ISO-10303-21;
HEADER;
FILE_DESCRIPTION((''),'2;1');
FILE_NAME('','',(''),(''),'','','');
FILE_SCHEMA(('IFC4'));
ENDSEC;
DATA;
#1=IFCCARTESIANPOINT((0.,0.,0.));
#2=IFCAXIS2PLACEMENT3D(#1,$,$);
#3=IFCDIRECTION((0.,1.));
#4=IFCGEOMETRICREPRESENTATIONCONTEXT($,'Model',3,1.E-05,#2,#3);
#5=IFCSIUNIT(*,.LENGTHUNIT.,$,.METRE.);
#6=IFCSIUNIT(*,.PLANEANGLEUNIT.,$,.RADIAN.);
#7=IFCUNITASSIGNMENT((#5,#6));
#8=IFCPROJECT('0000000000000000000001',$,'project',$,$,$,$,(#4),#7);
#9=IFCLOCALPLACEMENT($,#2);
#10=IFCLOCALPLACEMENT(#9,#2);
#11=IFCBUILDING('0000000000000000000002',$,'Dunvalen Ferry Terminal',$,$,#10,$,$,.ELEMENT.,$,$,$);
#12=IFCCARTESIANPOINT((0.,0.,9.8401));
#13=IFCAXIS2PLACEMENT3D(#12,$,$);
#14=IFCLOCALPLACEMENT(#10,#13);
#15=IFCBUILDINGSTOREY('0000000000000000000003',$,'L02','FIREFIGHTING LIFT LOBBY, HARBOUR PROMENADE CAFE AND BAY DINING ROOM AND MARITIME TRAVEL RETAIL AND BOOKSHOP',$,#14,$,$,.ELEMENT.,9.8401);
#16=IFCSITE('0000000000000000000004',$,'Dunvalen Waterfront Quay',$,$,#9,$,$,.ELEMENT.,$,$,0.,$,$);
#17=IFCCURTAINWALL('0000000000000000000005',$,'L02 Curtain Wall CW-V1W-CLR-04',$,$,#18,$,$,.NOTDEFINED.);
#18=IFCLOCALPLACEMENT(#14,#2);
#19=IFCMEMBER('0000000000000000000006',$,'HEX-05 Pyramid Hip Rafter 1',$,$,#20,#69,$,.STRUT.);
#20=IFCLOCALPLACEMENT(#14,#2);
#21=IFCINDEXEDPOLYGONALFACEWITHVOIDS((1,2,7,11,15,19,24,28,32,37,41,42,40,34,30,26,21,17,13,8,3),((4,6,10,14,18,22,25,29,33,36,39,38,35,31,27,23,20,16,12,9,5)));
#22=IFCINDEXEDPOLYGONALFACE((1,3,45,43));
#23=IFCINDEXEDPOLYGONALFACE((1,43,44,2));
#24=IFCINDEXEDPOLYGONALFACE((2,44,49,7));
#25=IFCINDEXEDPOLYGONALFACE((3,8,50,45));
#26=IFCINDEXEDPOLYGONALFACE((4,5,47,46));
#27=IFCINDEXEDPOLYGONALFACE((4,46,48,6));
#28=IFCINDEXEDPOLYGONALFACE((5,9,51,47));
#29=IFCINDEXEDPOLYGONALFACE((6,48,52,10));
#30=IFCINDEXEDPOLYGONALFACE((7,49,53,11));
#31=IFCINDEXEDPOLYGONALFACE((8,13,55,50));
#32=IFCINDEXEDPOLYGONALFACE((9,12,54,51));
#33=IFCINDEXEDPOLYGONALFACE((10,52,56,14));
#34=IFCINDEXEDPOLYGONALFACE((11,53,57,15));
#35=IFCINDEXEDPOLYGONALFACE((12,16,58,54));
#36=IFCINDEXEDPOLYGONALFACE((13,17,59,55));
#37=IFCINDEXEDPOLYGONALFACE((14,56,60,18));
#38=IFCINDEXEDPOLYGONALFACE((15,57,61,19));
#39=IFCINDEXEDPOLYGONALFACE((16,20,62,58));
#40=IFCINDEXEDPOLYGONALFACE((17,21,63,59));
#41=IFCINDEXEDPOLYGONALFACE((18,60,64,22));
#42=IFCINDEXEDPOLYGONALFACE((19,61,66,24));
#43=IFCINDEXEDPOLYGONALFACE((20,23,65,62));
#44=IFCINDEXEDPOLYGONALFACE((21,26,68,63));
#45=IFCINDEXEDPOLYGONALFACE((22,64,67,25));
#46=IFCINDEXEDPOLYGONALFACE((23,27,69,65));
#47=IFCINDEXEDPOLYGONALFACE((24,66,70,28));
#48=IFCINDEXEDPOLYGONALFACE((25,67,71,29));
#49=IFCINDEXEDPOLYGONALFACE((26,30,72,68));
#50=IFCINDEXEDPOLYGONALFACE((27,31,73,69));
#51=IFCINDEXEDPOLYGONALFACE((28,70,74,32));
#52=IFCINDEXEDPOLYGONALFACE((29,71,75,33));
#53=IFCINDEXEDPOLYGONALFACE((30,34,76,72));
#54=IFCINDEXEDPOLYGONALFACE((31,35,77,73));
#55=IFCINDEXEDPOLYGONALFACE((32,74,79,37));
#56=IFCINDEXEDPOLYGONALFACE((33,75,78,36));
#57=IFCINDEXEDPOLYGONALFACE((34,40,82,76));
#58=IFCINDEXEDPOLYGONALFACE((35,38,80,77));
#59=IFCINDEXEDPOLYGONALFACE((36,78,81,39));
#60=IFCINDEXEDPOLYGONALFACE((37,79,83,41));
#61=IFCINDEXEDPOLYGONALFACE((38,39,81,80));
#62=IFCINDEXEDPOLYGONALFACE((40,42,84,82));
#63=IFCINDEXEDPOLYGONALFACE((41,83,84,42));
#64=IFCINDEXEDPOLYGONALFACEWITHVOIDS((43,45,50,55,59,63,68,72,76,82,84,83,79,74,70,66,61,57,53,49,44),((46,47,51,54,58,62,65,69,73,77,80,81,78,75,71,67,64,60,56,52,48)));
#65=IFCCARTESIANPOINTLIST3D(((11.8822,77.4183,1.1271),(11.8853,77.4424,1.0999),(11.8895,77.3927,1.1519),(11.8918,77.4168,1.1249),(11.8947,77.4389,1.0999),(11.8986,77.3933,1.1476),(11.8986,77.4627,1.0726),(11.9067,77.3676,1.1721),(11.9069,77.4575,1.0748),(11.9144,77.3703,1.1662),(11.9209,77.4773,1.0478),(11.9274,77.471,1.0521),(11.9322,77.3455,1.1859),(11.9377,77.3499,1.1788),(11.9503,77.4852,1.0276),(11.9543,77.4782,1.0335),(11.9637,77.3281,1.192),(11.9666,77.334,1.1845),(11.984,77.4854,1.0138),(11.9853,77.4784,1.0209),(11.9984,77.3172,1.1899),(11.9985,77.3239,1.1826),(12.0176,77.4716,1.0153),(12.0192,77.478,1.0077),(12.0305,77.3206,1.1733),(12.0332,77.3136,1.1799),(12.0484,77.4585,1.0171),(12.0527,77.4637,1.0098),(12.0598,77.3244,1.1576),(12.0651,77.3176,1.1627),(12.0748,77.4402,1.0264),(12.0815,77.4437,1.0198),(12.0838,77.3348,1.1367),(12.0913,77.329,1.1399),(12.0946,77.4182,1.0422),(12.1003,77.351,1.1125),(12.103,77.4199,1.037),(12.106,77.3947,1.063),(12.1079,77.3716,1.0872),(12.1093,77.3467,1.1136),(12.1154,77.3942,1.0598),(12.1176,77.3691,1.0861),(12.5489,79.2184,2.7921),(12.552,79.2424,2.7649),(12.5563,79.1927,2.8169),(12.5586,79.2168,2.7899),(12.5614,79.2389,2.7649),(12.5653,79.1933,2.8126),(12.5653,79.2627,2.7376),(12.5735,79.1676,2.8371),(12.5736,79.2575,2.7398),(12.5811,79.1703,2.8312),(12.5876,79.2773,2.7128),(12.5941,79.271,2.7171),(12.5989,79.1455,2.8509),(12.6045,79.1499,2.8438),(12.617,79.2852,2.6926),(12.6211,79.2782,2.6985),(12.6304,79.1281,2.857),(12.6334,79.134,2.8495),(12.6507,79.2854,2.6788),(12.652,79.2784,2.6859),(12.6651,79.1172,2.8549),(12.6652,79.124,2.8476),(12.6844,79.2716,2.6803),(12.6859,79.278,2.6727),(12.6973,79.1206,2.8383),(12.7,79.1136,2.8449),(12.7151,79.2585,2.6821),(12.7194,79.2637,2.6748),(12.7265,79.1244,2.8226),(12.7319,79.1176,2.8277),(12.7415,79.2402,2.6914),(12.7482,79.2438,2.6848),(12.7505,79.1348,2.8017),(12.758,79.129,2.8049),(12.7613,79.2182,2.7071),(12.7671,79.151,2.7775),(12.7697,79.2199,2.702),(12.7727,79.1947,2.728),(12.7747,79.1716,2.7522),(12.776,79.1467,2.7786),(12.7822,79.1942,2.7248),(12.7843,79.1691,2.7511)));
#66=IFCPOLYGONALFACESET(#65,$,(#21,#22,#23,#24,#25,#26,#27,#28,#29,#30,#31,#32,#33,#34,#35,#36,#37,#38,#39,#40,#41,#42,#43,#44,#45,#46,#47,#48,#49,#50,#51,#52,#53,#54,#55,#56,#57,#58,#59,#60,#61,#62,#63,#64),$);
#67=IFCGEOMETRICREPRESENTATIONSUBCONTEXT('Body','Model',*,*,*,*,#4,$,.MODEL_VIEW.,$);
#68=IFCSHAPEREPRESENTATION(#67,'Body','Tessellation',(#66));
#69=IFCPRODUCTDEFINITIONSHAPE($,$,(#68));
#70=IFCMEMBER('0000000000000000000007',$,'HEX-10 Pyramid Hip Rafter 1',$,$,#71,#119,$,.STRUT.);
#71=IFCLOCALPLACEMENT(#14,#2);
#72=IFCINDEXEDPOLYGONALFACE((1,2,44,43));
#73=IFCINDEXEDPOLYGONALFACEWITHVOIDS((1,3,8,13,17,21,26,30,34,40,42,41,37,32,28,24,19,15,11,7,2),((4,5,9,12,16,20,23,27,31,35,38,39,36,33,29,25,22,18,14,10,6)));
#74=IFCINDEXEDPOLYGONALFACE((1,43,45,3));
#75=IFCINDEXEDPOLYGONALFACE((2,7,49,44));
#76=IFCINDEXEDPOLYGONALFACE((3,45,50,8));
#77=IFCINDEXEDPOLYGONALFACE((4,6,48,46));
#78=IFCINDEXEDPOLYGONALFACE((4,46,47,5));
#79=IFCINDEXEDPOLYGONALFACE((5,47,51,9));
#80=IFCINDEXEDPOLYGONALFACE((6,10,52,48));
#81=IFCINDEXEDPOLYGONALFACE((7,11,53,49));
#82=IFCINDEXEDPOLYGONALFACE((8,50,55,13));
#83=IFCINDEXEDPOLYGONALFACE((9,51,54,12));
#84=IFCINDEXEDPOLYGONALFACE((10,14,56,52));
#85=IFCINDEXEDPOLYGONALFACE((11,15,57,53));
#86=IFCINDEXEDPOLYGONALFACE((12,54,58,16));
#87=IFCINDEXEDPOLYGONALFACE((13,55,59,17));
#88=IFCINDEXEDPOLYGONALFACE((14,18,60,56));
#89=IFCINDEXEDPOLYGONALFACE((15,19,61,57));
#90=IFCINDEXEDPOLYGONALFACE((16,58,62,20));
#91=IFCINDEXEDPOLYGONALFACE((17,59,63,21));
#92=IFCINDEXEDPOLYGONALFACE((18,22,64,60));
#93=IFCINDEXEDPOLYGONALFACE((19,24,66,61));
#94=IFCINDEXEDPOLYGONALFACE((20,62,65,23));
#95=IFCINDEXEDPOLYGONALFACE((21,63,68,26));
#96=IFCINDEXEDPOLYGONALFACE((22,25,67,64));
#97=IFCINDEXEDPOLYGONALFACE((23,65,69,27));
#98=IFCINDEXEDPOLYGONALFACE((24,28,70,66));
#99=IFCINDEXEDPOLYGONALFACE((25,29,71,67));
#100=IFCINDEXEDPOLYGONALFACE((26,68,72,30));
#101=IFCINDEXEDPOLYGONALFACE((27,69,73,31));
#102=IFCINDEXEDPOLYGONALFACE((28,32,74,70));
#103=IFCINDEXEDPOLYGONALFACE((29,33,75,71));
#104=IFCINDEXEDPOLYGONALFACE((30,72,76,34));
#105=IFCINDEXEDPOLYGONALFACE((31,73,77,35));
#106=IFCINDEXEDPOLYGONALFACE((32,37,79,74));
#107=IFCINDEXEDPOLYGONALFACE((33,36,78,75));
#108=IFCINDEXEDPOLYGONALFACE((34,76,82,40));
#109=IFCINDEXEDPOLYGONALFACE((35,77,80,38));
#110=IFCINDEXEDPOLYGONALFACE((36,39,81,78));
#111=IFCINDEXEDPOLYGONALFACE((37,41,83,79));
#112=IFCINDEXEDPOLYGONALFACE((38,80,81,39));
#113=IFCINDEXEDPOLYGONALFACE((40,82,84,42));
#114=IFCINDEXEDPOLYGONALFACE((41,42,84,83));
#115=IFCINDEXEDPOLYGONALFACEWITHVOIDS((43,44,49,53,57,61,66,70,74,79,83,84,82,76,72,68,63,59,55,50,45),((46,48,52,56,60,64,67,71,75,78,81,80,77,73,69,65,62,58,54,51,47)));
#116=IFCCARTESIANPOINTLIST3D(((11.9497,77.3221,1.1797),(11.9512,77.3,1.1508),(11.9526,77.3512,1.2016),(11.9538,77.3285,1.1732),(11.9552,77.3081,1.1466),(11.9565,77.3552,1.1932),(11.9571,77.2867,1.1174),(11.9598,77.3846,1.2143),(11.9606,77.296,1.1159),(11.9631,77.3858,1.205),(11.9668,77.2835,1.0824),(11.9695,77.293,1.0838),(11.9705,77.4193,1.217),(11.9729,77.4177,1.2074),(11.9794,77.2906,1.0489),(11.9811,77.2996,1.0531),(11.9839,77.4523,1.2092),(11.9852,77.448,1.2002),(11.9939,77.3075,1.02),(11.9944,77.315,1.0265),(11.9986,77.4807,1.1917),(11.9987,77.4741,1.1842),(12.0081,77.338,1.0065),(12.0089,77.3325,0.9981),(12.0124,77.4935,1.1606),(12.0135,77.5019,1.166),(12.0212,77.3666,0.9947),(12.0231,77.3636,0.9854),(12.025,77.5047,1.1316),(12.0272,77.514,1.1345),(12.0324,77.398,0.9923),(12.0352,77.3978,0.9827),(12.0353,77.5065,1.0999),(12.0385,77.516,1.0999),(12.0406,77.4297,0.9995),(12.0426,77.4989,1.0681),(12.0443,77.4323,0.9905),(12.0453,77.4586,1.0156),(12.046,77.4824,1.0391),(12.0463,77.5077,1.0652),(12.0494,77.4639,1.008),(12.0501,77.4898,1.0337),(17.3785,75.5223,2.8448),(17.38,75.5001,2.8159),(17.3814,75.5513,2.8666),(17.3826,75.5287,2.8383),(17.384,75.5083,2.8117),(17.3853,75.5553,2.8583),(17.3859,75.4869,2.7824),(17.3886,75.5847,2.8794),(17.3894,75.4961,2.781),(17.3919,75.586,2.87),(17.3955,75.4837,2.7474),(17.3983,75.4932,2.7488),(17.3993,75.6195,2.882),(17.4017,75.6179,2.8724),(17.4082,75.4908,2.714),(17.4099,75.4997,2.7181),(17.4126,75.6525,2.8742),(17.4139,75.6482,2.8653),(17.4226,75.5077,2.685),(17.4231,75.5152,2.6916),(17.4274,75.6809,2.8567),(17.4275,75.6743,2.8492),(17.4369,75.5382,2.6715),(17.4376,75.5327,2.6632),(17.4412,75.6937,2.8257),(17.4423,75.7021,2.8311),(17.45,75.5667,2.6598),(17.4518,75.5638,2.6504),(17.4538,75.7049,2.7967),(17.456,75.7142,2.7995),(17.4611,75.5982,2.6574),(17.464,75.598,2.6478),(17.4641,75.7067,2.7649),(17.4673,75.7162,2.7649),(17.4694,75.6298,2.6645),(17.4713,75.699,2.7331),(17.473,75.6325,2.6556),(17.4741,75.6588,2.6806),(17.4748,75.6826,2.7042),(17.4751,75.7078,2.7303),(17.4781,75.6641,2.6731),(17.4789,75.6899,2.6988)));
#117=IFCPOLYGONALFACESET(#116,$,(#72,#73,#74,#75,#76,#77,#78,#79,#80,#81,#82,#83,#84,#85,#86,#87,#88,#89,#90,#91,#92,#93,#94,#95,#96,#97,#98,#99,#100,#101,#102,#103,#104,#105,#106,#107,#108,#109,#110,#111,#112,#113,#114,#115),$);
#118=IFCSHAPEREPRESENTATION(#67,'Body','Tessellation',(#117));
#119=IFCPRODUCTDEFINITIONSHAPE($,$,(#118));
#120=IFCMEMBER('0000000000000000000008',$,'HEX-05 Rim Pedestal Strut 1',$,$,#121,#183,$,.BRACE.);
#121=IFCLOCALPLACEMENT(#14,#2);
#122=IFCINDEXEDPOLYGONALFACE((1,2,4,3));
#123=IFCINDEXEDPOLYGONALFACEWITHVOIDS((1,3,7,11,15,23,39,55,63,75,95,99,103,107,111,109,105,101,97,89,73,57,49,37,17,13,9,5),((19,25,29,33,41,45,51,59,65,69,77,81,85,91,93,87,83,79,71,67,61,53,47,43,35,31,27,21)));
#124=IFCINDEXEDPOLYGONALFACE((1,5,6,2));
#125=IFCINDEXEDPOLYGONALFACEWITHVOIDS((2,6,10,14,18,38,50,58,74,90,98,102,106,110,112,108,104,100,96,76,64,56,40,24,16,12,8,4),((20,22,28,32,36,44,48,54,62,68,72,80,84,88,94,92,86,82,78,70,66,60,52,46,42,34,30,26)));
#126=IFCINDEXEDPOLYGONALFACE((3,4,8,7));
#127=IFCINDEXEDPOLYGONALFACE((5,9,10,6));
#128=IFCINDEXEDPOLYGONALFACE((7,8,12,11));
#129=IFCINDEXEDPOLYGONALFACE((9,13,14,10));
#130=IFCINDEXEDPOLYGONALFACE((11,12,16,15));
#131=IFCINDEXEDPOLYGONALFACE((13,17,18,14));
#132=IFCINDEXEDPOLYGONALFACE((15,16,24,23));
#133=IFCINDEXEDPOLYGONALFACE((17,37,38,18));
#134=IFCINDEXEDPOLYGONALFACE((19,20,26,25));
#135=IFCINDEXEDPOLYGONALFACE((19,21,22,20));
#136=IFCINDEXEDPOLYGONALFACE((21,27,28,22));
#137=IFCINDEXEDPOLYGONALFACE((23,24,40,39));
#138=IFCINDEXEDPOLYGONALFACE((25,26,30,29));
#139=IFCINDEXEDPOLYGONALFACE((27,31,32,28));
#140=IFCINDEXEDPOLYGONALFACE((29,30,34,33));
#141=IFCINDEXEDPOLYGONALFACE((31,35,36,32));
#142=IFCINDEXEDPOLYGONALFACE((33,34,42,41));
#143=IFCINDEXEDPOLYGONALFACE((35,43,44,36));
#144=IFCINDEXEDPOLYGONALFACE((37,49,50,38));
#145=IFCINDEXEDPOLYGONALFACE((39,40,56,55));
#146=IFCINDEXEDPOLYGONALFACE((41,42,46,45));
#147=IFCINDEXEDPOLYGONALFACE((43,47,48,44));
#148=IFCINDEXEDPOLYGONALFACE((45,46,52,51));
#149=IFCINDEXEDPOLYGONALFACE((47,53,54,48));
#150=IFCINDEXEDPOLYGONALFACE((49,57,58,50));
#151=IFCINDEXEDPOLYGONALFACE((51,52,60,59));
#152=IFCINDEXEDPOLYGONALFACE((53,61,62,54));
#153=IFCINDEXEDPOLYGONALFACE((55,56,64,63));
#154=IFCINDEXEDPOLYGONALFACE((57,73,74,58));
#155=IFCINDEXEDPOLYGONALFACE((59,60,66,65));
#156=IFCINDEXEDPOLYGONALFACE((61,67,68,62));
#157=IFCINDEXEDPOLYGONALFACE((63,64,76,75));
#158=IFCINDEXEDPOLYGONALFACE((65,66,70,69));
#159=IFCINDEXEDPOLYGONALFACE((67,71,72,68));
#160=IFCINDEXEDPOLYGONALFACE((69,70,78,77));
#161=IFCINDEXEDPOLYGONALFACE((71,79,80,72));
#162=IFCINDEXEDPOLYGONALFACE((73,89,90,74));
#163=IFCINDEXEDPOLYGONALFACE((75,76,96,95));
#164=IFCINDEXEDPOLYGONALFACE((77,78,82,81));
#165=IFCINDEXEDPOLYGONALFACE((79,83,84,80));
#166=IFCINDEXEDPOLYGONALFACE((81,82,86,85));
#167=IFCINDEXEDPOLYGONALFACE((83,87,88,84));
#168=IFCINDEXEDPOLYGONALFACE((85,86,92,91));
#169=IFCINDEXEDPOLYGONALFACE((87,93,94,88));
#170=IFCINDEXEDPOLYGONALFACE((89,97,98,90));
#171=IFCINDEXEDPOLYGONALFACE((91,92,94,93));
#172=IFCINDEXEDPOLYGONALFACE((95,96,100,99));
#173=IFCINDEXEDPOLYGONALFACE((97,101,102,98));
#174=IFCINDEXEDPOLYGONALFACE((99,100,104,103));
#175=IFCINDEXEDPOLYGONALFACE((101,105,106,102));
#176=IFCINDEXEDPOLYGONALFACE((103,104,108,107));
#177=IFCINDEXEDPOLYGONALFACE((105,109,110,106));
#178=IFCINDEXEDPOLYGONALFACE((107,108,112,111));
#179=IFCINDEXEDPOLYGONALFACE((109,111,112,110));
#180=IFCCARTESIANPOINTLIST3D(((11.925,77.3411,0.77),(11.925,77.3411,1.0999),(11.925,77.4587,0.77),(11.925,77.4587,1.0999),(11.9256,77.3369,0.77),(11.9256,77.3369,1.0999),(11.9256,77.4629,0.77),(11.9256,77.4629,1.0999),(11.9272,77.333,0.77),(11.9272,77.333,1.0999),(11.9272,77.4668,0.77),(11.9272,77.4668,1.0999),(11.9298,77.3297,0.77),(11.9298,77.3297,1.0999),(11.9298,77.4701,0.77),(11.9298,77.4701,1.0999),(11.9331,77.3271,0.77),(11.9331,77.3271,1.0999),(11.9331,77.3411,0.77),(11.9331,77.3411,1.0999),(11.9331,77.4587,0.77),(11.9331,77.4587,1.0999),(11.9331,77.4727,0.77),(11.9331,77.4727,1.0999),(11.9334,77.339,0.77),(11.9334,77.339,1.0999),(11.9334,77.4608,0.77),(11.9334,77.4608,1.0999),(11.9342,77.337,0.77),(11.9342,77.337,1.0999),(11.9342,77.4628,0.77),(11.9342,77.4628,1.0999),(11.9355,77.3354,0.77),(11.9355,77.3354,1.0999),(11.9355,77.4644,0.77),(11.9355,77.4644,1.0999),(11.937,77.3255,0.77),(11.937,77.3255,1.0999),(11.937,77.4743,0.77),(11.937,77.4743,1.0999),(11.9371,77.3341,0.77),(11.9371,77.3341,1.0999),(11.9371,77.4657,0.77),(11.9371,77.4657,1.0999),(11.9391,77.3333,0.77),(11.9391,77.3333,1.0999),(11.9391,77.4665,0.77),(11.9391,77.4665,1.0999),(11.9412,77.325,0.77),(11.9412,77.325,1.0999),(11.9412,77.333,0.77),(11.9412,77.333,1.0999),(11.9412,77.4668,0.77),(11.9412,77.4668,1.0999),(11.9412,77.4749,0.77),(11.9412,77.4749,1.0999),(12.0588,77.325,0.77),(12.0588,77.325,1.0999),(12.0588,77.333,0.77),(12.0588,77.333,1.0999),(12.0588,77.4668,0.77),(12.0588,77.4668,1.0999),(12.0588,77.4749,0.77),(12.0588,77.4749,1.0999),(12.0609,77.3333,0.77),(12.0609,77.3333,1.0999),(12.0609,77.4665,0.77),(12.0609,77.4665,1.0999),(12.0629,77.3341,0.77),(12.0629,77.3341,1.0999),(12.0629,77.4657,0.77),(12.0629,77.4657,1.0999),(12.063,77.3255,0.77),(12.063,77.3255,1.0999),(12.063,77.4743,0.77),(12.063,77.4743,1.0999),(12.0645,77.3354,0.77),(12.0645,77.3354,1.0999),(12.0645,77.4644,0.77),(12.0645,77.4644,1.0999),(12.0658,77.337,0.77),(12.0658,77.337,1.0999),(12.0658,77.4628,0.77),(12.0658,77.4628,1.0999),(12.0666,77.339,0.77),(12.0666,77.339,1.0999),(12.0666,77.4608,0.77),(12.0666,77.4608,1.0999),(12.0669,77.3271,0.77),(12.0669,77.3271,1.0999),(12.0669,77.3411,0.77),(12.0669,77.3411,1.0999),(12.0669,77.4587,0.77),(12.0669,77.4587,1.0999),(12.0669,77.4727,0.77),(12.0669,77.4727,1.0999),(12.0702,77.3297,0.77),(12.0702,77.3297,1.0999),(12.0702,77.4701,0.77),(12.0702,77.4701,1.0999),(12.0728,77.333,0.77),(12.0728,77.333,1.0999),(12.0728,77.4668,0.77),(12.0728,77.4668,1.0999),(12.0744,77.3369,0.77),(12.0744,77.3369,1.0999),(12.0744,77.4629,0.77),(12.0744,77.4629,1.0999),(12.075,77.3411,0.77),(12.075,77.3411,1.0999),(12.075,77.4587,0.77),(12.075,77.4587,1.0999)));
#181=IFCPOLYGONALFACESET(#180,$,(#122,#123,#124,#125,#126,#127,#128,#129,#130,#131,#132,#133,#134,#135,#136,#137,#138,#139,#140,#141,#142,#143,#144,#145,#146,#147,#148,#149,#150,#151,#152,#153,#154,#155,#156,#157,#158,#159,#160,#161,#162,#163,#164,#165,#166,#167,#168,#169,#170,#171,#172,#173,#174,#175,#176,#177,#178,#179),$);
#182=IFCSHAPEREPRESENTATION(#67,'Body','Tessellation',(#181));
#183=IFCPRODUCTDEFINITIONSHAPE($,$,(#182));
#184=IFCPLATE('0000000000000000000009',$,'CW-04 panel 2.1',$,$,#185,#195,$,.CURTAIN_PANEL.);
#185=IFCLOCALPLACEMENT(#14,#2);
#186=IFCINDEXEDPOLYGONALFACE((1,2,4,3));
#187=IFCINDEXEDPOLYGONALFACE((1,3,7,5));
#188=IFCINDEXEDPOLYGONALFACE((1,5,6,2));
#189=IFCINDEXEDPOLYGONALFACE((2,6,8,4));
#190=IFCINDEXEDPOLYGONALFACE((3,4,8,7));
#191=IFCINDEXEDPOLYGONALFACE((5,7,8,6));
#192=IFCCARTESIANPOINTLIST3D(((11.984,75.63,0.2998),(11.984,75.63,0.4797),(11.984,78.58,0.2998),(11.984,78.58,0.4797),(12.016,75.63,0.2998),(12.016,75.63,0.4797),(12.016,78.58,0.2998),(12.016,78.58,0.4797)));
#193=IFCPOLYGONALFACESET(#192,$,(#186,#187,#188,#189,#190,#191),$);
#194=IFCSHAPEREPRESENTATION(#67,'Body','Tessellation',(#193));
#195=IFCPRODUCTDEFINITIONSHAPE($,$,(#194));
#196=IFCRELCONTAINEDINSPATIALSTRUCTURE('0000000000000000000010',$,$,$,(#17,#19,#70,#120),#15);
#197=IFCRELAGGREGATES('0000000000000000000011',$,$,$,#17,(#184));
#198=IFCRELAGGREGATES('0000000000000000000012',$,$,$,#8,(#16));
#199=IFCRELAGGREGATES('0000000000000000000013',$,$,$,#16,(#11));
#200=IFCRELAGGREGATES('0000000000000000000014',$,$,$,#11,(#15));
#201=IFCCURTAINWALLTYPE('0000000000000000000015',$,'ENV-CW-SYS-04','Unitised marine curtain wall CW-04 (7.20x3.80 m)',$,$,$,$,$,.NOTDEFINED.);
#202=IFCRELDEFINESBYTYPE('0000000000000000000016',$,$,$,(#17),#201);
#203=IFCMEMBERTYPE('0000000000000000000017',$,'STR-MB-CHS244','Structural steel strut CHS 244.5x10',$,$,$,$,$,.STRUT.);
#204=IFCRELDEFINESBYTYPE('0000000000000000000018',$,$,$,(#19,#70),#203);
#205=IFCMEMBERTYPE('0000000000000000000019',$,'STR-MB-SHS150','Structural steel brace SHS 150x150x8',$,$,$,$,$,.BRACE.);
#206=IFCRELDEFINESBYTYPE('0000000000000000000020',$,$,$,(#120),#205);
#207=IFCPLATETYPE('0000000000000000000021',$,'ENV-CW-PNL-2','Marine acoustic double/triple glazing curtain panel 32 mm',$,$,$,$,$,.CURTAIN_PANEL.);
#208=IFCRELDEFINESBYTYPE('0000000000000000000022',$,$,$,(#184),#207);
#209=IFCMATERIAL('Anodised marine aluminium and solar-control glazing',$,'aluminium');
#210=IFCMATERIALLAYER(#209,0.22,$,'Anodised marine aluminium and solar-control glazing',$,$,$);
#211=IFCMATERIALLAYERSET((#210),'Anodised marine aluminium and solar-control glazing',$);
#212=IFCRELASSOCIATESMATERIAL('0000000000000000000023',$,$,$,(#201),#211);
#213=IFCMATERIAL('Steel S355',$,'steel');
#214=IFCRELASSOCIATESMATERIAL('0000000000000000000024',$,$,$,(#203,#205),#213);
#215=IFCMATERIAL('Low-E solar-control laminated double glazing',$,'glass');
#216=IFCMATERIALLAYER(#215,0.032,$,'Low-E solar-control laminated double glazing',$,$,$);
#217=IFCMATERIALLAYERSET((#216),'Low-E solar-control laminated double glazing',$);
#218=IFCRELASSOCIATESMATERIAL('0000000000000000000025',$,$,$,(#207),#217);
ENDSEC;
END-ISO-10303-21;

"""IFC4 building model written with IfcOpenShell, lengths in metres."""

from ifc_helpers import new_model, si_unit, direction, frame, origin, origin_2d, place, context, subcontext, project, spatial, rectangle, hollow_rectangle, hollow_circle, extrude, material, layer, layer_set, material_profile, profile_set, type_object, element, aggregate, save


model = new_model("IFC4")

# Units and contexts
model_context = context("Model", 3, precision=1e-05, world=origin(), true_north=direction((0.0, 1.0)))
body_context = subcontext(model_context, "Body", "Model", "MODEL_VIEW")
ifc_project = project(units=[si_unit("LENGTHUNIT", "METRE"), si_unit("PLANEANGLEUNIT", "RADIAN")], contexts=[model_context])

# Site, building, storey
site_placement = place(None, origin())
site = spatial("IfcSite", under=ifc_project, at=site_placement, Name="Dunvalen Waterfront Quay", CompositionType="ELEMENT", RefElevation=0.0)
building_placement = place(site_placement, origin())
building = spatial("IfcBuilding", under=site, at=building_placement, Name="Dunvalen Ferry Terminal", CompositionType="ELEMENT")
storey_placement = place(building_placement, frame((0.0, 0.0, 9.8401)))
storey = spatial("IfcBuildingStorey", under=building, at=storey_placement, Name="L02", Description="FIREFIGHTING LIFT LOBBY, HARBOUR PROMENADE CAFE AND BAY DINING ROOM AND MARITIME TRAVEL RETAIL AND BOOKSHOP", CompositionType="ELEMENT", Elevation=9.8401)

# Curtain wall
ifc_material_1 = material(Name="Anodised marine aluminium and solar-control glazing", Category="aluminium")
ifc_layer_1 = layer(ifc_material_1, 0.22, Name="Anodised marine aluminium and solar-control glazing")
ifc_layer_set_1 = layer_set([ifc_layer_1], Name="Anodised marine aluminium and solar-control glazing")
curtain_wall_type = type_object("IfcCurtainWallType", Name="ENV-CW-SYS-04", Description="Unitised marine curtain wall CW-04 (7.20x3.80 m)", PredefinedType="NOTDEFINED", material=ifc_layer_set_1)
curtain_wall_1_placement = place(storey_placement, origin())
curtain_wall_1 = element("IfcCurtainWall", 1, at=curtain_wall_1_placement, inside=storey, type_object=curtain_wall_type, Name="L02 Curtain Wall CW-V1W-CLR-04", PredefinedType="NOTDEFINED")

# Shared definitions
ifc_material_2 = material(Name="Steel S355", Category="steel")

# Members
ifc_material_profile_1 = material_profile(ifc_material_2, hollow_circle(Radius=0.1223, WallThickness=0.01, at=origin_2d()), Name="Steel S355")
ifc_profile_set_1 = profile_set([ifc_material_profile_1], Name="Steel S355")
member_type_1 = type_object("IfcMemberType", Name="STR-MB-CHS244", Description="Structural steel strut CHS 244.5x10", PredefinedType="STRUT", material=ifc_profile_set_1)
member_1_placement = place(storey_placement, frame((12.0, 77.3999, 1.0999), z_axis=(0.262388, 0.70838, 0.655249), x_axis=(-0.937738, 0.347343, 0.0)))
element("IfcMember", 2, at=member_1_placement, inside=storey, type_object=member_type_1, Name="HEX-05 Pyramid Hip Rafter 1", PredefinedType="STRUT", context=body_context, shape_type="SweptSolid", body=[
    extrude(hollow_circle(Radius=0.1223, WallThickness=0.01, at=origin_2d()), origin(), (0.0, 0.0, 1.0), 2.541),
])
member_2_placement = place(storey_placement, frame((12.0, 77.3999, 1.0999), z_axis=(0.911359, -0.302147, 0.279523), x_axis=(0.314691, 0.949194, 0.0)))
element("IfcMember", 3, at=member_2_placement, inside=storey, type_object=member_type_1, Name="HEX-10 Pyramid Hip Rafter 1", PredefinedType="STRUT", context=body_context, shape_type="SweptSolid", body=[
    extrude(hollow_circle(Radius=0.1223, WallThickness=0.01, at=origin_2d()), origin(), (0.0, 0.0, 1.0), 5.9568),
])
ifc_material_profile_2 = material_profile(ifc_material_2, hollow_rectangle(XDim=0.1499, YDim=0.1499, WallThickness=0.0081, InnerFilletRadius=0.0081, OuterFilletRadius=0.0161, at=origin_2d()), Name="Steel S355")
ifc_profile_set_2 = profile_set([ifc_material_profile_2], Name="Steel S355")
member_type_2 = type_object("IfcMemberType", Name="STR-MB-SHS150", Description="Structural steel brace SHS 150x150x8", PredefinedType="BRACE", material=ifc_profile_set_2)
member_3_placement = place(storey_placement, frame((12.0, 77.3999, 0.77), z_axis=(0.0, 0.0, 1.0), x_axis=(1.0, 0.0, 0.0)))
element("IfcMember", 4, at=member_3_placement, inside=storey, type_object=member_type_2, Name="HEX-05 Rim Pedestal Strut 1", PredefinedType="BRACE", context=body_context, shape_type="SweptSolid", body=[
    extrude(hollow_rectangle(XDim=0.1499, YDim=0.1499, WallThickness=0.0081, InnerFilletRadius=0.0081, OuterFilletRadius=0.0161, at=origin_2d()), origin(), (0.0, 0.0, 1.0), 0.3298),
])

# Plate
ifc_material_3 = material(Name="Low-E solar-control laminated double glazing", Category="glass")
ifc_layer_2 = layer(ifc_material_3, 0.032, Name="Low-E solar-control laminated double glazing")
ifc_layer_set_2 = layer_set([ifc_layer_2], Name="Low-E solar-control laminated double glazing")
plate_type_1 = type_object("IfcPlateType", Name="ENV-CW-PNL-2", Description="Marine acoustic double/triple glazing curtain panel 32 mm", PredefinedType="CURTAIN_PANEL", material=ifc_layer_set_2)
plate_1_placement = place(storey_placement, frame((12.0, 77.105, 0.2998), z_axis=(0.0, 0.0, 1.0), x_axis=(0.0, 1.0, 0.0)))
plate_1 = element("IfcPlate", 5, at=plate_1_placement, type_object=plate_type_1, Name="CW-04 panel 2.1", PredefinedType="CURTAIN_PANEL", context=body_context, shape_type="SweptSolid", body=[
    extrude(rectangle(XDim=2.95, YDim=0.032, at=origin_2d()), origin(), (0.0, 0.0, 1.0), 0.1799),
])
aggregate(curtain_wall_1, [plate_1])

save(model, "model.ifc")
